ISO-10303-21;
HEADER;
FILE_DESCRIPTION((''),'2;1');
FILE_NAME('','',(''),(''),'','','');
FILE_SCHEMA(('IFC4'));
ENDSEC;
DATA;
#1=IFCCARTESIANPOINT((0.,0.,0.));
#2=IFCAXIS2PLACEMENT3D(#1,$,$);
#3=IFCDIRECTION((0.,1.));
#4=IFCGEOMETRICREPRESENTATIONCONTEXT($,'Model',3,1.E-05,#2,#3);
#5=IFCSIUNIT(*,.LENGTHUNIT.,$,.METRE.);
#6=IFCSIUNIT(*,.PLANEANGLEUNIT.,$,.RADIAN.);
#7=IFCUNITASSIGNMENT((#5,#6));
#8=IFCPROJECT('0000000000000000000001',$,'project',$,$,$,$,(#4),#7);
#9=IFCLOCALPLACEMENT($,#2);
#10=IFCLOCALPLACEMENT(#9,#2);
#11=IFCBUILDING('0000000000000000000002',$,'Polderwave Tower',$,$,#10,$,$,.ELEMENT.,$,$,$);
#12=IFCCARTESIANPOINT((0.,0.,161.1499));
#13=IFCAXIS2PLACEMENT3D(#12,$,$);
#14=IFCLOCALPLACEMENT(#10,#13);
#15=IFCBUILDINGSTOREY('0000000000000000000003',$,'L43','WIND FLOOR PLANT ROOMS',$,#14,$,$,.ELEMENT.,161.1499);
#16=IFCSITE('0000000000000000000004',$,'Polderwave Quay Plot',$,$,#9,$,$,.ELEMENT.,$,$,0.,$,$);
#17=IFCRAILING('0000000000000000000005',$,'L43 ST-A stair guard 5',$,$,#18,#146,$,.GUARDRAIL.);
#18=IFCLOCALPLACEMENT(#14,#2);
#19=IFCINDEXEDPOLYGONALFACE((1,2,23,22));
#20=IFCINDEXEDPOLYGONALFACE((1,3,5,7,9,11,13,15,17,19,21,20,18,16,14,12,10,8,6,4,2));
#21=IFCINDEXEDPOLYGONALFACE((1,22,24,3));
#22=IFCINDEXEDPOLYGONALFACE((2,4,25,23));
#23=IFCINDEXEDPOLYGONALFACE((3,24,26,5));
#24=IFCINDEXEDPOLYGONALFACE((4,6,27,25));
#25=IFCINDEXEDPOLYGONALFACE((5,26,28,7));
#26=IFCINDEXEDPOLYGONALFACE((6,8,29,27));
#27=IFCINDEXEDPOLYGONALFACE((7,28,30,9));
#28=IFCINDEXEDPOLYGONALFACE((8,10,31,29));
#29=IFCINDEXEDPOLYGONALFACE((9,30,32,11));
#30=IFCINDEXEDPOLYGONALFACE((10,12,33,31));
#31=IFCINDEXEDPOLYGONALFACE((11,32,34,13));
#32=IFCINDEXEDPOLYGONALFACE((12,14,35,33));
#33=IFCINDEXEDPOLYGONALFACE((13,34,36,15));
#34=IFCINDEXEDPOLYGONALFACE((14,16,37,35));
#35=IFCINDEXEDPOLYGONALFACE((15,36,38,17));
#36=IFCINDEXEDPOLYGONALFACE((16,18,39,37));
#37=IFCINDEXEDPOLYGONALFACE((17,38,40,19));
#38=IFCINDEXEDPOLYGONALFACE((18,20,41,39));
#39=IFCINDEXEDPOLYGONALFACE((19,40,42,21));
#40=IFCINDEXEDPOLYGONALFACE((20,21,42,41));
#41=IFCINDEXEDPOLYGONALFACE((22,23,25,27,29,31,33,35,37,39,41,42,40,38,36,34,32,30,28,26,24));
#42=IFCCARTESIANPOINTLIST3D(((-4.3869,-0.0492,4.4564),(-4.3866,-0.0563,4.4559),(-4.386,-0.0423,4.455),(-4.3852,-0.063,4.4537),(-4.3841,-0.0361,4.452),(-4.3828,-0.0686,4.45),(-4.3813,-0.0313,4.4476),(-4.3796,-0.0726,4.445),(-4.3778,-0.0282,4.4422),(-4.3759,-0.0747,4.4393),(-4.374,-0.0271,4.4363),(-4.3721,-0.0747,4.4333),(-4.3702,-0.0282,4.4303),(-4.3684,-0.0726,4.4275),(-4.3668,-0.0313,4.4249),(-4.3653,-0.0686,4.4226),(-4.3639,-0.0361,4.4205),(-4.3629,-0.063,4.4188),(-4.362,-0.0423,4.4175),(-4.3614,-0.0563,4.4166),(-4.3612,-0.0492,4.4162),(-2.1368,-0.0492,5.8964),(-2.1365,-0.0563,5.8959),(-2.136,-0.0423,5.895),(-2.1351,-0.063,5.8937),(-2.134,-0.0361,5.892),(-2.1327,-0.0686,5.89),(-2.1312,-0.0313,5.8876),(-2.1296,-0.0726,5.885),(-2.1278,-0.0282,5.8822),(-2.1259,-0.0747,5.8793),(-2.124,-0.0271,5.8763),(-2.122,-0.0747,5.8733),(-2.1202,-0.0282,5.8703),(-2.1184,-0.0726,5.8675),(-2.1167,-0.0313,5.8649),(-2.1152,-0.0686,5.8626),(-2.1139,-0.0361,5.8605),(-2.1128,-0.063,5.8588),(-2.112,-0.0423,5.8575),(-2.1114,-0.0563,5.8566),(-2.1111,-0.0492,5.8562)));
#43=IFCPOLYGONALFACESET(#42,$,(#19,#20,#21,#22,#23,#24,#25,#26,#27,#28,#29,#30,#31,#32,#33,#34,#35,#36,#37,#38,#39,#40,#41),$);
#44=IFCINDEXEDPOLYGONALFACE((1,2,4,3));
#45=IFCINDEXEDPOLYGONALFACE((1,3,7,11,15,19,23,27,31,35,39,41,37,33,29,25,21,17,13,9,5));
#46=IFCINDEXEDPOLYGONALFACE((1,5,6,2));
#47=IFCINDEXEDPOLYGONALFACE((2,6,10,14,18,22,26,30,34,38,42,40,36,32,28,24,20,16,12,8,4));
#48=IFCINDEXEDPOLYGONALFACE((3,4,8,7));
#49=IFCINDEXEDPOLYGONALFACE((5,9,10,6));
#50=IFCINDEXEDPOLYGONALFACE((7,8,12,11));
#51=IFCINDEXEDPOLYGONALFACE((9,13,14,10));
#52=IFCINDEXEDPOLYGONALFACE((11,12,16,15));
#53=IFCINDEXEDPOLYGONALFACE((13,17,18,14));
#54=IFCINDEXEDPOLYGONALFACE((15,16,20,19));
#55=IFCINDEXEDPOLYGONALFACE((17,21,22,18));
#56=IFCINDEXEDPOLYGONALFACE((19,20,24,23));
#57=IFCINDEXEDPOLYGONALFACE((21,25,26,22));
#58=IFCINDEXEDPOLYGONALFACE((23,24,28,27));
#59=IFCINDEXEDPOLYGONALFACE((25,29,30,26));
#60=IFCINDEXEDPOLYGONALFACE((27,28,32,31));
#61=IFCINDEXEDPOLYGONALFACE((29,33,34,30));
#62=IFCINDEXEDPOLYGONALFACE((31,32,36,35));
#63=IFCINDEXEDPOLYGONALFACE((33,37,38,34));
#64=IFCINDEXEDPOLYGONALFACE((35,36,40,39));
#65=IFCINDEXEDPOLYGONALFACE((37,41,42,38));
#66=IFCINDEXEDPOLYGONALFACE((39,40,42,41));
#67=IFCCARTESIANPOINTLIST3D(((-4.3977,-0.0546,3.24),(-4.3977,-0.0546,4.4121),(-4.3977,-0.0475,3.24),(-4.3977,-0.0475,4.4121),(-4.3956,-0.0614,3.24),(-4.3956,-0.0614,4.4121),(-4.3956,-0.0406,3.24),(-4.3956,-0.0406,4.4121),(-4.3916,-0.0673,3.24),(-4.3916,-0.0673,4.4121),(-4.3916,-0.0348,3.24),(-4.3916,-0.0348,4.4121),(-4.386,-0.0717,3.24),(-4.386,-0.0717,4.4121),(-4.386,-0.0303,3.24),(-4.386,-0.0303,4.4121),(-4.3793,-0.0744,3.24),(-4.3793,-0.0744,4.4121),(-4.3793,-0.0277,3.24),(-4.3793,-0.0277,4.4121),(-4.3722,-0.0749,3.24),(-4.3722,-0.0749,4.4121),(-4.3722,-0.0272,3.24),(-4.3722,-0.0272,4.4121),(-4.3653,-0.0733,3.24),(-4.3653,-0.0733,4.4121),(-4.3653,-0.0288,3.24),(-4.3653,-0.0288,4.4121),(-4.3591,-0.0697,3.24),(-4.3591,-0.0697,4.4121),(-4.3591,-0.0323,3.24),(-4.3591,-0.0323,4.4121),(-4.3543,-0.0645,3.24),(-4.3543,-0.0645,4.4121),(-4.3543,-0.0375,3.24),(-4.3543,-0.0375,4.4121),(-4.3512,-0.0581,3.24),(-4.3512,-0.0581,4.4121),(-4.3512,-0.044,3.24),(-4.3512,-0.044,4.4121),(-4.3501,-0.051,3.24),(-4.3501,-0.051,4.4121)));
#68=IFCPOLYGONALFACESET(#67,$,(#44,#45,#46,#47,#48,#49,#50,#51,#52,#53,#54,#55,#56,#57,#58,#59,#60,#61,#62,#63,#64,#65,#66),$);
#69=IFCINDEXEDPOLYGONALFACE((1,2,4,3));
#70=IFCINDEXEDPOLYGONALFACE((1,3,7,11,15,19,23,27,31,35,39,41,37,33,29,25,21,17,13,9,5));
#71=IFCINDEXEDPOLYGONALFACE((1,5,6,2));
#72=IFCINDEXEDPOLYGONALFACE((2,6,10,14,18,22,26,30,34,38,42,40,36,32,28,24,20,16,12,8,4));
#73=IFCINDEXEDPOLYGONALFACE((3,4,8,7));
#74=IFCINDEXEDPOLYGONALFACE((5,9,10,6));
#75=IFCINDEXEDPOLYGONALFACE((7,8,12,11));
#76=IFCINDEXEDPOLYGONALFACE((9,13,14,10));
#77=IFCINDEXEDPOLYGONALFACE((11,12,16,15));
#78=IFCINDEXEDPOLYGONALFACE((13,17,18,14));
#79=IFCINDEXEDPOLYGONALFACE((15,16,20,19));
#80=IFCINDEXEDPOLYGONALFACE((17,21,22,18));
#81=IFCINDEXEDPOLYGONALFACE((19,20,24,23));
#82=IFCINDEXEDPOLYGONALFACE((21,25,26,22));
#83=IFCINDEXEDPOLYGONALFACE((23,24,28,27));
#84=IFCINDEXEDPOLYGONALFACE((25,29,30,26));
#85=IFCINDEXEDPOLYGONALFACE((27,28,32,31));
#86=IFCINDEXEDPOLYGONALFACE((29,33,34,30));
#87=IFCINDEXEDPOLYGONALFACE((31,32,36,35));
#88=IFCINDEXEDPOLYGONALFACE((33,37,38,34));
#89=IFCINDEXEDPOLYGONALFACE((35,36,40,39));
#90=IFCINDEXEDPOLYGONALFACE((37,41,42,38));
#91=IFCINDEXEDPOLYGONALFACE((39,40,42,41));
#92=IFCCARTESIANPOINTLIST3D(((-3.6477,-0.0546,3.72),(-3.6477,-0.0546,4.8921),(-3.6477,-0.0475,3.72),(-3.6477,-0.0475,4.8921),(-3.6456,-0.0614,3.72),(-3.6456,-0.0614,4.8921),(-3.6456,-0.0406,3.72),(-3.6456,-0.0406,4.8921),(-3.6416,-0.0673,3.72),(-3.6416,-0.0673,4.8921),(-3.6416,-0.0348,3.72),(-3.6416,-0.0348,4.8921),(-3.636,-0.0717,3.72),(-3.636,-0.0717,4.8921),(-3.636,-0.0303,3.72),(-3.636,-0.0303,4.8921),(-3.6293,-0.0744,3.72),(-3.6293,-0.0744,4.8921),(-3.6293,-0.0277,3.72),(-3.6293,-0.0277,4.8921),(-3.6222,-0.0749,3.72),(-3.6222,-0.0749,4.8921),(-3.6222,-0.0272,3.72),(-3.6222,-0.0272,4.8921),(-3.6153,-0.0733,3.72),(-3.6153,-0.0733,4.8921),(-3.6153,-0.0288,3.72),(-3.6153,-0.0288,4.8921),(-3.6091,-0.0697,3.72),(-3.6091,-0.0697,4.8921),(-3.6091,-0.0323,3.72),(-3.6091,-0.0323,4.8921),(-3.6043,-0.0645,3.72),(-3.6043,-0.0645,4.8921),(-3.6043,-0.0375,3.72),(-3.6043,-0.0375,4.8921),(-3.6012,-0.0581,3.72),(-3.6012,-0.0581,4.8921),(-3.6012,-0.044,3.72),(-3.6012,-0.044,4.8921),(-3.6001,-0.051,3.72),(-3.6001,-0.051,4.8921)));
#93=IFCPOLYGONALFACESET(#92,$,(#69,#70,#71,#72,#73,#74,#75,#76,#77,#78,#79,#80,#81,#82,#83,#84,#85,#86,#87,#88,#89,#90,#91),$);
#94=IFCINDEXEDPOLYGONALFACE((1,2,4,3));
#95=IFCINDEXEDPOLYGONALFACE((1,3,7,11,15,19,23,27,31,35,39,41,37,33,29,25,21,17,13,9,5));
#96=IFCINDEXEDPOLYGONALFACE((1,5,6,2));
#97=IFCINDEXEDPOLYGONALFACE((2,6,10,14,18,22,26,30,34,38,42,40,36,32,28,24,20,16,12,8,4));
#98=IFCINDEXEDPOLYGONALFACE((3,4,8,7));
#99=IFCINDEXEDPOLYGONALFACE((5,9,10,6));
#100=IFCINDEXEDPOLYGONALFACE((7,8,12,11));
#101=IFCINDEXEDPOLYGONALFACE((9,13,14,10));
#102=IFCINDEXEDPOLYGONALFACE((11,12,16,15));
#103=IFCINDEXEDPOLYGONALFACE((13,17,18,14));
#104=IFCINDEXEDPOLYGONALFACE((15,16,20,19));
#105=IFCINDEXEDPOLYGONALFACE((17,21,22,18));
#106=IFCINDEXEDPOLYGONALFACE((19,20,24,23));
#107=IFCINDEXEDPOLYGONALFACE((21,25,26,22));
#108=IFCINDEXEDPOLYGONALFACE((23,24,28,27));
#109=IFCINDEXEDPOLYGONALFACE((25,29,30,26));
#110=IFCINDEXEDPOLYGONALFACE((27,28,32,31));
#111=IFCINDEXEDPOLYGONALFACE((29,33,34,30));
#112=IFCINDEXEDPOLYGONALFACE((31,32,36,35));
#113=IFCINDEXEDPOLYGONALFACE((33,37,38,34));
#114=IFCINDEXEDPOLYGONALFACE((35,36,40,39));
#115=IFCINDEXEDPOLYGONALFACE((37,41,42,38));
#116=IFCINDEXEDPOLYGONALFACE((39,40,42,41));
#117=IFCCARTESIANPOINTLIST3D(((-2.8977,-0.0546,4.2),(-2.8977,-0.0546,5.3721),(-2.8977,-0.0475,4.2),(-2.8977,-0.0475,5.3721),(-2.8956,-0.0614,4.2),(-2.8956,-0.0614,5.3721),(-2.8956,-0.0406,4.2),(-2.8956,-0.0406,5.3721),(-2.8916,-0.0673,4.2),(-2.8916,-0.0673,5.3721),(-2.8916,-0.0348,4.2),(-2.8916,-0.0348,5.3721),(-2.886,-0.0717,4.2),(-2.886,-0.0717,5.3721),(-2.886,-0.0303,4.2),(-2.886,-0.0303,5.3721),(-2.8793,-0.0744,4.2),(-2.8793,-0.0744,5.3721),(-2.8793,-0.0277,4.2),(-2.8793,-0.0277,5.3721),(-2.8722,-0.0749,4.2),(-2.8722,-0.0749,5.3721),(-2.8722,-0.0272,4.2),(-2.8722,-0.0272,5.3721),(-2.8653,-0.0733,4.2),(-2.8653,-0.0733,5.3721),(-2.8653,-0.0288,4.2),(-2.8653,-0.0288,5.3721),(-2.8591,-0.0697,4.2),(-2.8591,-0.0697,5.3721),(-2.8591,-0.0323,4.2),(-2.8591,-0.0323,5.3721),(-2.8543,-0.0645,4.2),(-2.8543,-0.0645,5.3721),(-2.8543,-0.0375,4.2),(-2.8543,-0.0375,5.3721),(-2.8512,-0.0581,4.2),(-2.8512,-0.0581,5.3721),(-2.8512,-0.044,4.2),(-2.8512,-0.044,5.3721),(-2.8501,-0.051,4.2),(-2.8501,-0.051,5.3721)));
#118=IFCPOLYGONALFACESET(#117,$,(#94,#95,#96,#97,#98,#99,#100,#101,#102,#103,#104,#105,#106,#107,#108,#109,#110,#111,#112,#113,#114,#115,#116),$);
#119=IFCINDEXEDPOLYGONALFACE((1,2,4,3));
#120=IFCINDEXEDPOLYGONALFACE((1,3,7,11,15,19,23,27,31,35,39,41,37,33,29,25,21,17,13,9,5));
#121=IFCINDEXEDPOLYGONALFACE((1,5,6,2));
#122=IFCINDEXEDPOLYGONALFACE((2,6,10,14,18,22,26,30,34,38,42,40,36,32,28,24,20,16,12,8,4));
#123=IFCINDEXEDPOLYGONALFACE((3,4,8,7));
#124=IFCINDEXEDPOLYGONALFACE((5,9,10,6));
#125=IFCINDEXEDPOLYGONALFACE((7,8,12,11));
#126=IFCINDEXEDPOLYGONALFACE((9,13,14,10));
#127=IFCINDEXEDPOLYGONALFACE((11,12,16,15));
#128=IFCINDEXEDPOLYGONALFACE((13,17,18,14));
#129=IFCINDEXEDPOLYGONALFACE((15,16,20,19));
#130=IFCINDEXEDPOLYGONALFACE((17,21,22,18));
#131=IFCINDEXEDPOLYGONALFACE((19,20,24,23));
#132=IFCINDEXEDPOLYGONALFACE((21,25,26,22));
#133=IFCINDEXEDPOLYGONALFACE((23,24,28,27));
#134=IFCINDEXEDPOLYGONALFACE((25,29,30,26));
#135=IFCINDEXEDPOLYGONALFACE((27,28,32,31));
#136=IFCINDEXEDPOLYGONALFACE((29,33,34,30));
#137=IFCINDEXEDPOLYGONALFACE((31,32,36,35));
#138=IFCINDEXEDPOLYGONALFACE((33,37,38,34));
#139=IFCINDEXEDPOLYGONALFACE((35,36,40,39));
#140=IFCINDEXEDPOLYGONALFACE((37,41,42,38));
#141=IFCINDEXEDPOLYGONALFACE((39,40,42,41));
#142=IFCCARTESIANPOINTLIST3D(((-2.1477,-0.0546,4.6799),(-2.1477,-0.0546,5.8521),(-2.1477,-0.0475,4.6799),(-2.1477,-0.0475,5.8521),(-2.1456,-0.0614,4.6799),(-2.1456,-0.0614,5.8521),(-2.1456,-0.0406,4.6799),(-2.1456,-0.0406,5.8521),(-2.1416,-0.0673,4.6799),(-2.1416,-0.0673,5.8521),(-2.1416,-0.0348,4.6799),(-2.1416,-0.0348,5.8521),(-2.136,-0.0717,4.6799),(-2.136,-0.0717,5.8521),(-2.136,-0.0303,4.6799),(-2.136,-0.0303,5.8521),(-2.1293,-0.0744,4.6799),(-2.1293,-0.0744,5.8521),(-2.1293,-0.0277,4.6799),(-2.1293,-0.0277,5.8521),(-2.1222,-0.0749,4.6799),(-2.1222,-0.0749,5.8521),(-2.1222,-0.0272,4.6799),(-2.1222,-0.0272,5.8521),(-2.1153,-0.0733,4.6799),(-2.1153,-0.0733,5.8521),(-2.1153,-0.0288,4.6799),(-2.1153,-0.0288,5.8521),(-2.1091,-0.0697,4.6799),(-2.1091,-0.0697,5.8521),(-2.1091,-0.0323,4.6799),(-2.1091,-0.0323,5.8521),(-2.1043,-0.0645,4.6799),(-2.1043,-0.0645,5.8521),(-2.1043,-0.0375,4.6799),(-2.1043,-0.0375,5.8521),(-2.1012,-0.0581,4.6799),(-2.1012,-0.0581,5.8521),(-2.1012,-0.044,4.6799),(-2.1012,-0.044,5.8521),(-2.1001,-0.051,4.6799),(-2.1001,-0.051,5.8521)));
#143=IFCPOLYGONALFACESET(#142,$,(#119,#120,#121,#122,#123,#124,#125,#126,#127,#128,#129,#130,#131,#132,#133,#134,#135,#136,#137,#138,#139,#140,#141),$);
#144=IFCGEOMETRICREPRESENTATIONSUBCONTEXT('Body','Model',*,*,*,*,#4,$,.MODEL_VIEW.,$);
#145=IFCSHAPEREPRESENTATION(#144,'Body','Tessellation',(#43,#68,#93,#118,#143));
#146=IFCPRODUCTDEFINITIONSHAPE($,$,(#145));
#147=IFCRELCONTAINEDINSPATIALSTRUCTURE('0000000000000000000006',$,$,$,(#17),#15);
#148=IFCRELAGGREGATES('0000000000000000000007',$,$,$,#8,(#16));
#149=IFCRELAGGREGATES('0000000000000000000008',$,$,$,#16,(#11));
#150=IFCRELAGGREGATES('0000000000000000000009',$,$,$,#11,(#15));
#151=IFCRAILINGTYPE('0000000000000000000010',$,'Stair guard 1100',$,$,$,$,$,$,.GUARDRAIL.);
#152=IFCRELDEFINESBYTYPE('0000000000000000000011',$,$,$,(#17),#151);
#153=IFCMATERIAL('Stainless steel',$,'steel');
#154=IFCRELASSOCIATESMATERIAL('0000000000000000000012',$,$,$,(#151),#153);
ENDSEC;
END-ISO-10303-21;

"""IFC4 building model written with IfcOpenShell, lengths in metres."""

from ifc_helpers import new_model, si_unit, direction, frame, origin, origin_2d, place, context, subcontext, project, spatial, circle, extrude, material, type_object, element, save


model = new_model("IFC4")

# Units and contexts
model_context = context("Model", 3, precision=1e-05, world=origin(), true_north=direction((0.0, 1.0)))
body_context = subcontext(model_context, "Body", "Model", "MODEL_VIEW")
ifc_project = project(units=[si_unit("LENGTHUNIT", "METRE"), si_unit("PLANEANGLEUNIT", "RADIAN")], contexts=[model_context])

# Site, building, storey
site_placement = place(None, origin())
site = spatial("IfcSite", under=ifc_project, at=site_placement, Name="Polderwave Quay Plot", CompositionType="ELEMENT", RefElevation=0.0)
building_placement = place(site_placement, origin())
building = spatial("IfcBuilding", under=site, at=building_placement, Name="Polderwave Tower", CompositionType="ELEMENT")
storey_placement = place(building_placement, frame((0.0, 0.0, 161.1499)))
storey = spatial("IfcBuildingStorey", under=building, at=storey_placement, Name="L43", Description="WIND FLOOR PLANT ROOMS", CompositionType="ELEMENT", Elevation=161.1499)

# Railing
ifc_material_1 = material(Name="Stainless steel", Category="steel")
railing_type_1 = type_object("IfcRailingType", Name="Stair guard 1100", PredefinedType="GUARDRAIL", material=ifc_material_1)
railing_1_placement = place(storey_placement, frame((-4.374, -0.051, 3.24)))
element("IfcRailing", 1, at=railing_1_placement, inside=storey, type_object=railing_type_1, Name="L43 ST-A stair guard 5", PredefinedType="GUARDRAIL", context=body_context, shape_type="SweptSolid", body=[
    extrude(circle(Radius=0.0239, at=origin_2d()), frame((0.0, 0.0, 1.1963), z_axis=(0.842281, 0.0, 0.539038), x_axis=(0.0, 1.0, 0.0)), (0.0, 0.0, 1.0), 2.6714),
    extrude(circle(Radius=0.0239, at=origin_2d()), origin(), (0.0, 0.0, 1.0), 1.1721),
    extrude(circle(Radius=0.0239, at=origin_2d()), frame((0.75, 0.0, 0.48)), (0.0, 0.0, 1.0), 1.1721),
    extrude(circle(Radius=0.0239, at=origin_2d()), frame((1.5, 0.0, 0.96)), (0.0, 0.0, 1.0), 1.1721),
    extrude(circle(Radius=0.0239, at=origin_2d()), frame((2.25, 0.0, 1.4399)), (0.0, 0.0, 1.0), 1.1721),
])

save(model, "model.ifc")
